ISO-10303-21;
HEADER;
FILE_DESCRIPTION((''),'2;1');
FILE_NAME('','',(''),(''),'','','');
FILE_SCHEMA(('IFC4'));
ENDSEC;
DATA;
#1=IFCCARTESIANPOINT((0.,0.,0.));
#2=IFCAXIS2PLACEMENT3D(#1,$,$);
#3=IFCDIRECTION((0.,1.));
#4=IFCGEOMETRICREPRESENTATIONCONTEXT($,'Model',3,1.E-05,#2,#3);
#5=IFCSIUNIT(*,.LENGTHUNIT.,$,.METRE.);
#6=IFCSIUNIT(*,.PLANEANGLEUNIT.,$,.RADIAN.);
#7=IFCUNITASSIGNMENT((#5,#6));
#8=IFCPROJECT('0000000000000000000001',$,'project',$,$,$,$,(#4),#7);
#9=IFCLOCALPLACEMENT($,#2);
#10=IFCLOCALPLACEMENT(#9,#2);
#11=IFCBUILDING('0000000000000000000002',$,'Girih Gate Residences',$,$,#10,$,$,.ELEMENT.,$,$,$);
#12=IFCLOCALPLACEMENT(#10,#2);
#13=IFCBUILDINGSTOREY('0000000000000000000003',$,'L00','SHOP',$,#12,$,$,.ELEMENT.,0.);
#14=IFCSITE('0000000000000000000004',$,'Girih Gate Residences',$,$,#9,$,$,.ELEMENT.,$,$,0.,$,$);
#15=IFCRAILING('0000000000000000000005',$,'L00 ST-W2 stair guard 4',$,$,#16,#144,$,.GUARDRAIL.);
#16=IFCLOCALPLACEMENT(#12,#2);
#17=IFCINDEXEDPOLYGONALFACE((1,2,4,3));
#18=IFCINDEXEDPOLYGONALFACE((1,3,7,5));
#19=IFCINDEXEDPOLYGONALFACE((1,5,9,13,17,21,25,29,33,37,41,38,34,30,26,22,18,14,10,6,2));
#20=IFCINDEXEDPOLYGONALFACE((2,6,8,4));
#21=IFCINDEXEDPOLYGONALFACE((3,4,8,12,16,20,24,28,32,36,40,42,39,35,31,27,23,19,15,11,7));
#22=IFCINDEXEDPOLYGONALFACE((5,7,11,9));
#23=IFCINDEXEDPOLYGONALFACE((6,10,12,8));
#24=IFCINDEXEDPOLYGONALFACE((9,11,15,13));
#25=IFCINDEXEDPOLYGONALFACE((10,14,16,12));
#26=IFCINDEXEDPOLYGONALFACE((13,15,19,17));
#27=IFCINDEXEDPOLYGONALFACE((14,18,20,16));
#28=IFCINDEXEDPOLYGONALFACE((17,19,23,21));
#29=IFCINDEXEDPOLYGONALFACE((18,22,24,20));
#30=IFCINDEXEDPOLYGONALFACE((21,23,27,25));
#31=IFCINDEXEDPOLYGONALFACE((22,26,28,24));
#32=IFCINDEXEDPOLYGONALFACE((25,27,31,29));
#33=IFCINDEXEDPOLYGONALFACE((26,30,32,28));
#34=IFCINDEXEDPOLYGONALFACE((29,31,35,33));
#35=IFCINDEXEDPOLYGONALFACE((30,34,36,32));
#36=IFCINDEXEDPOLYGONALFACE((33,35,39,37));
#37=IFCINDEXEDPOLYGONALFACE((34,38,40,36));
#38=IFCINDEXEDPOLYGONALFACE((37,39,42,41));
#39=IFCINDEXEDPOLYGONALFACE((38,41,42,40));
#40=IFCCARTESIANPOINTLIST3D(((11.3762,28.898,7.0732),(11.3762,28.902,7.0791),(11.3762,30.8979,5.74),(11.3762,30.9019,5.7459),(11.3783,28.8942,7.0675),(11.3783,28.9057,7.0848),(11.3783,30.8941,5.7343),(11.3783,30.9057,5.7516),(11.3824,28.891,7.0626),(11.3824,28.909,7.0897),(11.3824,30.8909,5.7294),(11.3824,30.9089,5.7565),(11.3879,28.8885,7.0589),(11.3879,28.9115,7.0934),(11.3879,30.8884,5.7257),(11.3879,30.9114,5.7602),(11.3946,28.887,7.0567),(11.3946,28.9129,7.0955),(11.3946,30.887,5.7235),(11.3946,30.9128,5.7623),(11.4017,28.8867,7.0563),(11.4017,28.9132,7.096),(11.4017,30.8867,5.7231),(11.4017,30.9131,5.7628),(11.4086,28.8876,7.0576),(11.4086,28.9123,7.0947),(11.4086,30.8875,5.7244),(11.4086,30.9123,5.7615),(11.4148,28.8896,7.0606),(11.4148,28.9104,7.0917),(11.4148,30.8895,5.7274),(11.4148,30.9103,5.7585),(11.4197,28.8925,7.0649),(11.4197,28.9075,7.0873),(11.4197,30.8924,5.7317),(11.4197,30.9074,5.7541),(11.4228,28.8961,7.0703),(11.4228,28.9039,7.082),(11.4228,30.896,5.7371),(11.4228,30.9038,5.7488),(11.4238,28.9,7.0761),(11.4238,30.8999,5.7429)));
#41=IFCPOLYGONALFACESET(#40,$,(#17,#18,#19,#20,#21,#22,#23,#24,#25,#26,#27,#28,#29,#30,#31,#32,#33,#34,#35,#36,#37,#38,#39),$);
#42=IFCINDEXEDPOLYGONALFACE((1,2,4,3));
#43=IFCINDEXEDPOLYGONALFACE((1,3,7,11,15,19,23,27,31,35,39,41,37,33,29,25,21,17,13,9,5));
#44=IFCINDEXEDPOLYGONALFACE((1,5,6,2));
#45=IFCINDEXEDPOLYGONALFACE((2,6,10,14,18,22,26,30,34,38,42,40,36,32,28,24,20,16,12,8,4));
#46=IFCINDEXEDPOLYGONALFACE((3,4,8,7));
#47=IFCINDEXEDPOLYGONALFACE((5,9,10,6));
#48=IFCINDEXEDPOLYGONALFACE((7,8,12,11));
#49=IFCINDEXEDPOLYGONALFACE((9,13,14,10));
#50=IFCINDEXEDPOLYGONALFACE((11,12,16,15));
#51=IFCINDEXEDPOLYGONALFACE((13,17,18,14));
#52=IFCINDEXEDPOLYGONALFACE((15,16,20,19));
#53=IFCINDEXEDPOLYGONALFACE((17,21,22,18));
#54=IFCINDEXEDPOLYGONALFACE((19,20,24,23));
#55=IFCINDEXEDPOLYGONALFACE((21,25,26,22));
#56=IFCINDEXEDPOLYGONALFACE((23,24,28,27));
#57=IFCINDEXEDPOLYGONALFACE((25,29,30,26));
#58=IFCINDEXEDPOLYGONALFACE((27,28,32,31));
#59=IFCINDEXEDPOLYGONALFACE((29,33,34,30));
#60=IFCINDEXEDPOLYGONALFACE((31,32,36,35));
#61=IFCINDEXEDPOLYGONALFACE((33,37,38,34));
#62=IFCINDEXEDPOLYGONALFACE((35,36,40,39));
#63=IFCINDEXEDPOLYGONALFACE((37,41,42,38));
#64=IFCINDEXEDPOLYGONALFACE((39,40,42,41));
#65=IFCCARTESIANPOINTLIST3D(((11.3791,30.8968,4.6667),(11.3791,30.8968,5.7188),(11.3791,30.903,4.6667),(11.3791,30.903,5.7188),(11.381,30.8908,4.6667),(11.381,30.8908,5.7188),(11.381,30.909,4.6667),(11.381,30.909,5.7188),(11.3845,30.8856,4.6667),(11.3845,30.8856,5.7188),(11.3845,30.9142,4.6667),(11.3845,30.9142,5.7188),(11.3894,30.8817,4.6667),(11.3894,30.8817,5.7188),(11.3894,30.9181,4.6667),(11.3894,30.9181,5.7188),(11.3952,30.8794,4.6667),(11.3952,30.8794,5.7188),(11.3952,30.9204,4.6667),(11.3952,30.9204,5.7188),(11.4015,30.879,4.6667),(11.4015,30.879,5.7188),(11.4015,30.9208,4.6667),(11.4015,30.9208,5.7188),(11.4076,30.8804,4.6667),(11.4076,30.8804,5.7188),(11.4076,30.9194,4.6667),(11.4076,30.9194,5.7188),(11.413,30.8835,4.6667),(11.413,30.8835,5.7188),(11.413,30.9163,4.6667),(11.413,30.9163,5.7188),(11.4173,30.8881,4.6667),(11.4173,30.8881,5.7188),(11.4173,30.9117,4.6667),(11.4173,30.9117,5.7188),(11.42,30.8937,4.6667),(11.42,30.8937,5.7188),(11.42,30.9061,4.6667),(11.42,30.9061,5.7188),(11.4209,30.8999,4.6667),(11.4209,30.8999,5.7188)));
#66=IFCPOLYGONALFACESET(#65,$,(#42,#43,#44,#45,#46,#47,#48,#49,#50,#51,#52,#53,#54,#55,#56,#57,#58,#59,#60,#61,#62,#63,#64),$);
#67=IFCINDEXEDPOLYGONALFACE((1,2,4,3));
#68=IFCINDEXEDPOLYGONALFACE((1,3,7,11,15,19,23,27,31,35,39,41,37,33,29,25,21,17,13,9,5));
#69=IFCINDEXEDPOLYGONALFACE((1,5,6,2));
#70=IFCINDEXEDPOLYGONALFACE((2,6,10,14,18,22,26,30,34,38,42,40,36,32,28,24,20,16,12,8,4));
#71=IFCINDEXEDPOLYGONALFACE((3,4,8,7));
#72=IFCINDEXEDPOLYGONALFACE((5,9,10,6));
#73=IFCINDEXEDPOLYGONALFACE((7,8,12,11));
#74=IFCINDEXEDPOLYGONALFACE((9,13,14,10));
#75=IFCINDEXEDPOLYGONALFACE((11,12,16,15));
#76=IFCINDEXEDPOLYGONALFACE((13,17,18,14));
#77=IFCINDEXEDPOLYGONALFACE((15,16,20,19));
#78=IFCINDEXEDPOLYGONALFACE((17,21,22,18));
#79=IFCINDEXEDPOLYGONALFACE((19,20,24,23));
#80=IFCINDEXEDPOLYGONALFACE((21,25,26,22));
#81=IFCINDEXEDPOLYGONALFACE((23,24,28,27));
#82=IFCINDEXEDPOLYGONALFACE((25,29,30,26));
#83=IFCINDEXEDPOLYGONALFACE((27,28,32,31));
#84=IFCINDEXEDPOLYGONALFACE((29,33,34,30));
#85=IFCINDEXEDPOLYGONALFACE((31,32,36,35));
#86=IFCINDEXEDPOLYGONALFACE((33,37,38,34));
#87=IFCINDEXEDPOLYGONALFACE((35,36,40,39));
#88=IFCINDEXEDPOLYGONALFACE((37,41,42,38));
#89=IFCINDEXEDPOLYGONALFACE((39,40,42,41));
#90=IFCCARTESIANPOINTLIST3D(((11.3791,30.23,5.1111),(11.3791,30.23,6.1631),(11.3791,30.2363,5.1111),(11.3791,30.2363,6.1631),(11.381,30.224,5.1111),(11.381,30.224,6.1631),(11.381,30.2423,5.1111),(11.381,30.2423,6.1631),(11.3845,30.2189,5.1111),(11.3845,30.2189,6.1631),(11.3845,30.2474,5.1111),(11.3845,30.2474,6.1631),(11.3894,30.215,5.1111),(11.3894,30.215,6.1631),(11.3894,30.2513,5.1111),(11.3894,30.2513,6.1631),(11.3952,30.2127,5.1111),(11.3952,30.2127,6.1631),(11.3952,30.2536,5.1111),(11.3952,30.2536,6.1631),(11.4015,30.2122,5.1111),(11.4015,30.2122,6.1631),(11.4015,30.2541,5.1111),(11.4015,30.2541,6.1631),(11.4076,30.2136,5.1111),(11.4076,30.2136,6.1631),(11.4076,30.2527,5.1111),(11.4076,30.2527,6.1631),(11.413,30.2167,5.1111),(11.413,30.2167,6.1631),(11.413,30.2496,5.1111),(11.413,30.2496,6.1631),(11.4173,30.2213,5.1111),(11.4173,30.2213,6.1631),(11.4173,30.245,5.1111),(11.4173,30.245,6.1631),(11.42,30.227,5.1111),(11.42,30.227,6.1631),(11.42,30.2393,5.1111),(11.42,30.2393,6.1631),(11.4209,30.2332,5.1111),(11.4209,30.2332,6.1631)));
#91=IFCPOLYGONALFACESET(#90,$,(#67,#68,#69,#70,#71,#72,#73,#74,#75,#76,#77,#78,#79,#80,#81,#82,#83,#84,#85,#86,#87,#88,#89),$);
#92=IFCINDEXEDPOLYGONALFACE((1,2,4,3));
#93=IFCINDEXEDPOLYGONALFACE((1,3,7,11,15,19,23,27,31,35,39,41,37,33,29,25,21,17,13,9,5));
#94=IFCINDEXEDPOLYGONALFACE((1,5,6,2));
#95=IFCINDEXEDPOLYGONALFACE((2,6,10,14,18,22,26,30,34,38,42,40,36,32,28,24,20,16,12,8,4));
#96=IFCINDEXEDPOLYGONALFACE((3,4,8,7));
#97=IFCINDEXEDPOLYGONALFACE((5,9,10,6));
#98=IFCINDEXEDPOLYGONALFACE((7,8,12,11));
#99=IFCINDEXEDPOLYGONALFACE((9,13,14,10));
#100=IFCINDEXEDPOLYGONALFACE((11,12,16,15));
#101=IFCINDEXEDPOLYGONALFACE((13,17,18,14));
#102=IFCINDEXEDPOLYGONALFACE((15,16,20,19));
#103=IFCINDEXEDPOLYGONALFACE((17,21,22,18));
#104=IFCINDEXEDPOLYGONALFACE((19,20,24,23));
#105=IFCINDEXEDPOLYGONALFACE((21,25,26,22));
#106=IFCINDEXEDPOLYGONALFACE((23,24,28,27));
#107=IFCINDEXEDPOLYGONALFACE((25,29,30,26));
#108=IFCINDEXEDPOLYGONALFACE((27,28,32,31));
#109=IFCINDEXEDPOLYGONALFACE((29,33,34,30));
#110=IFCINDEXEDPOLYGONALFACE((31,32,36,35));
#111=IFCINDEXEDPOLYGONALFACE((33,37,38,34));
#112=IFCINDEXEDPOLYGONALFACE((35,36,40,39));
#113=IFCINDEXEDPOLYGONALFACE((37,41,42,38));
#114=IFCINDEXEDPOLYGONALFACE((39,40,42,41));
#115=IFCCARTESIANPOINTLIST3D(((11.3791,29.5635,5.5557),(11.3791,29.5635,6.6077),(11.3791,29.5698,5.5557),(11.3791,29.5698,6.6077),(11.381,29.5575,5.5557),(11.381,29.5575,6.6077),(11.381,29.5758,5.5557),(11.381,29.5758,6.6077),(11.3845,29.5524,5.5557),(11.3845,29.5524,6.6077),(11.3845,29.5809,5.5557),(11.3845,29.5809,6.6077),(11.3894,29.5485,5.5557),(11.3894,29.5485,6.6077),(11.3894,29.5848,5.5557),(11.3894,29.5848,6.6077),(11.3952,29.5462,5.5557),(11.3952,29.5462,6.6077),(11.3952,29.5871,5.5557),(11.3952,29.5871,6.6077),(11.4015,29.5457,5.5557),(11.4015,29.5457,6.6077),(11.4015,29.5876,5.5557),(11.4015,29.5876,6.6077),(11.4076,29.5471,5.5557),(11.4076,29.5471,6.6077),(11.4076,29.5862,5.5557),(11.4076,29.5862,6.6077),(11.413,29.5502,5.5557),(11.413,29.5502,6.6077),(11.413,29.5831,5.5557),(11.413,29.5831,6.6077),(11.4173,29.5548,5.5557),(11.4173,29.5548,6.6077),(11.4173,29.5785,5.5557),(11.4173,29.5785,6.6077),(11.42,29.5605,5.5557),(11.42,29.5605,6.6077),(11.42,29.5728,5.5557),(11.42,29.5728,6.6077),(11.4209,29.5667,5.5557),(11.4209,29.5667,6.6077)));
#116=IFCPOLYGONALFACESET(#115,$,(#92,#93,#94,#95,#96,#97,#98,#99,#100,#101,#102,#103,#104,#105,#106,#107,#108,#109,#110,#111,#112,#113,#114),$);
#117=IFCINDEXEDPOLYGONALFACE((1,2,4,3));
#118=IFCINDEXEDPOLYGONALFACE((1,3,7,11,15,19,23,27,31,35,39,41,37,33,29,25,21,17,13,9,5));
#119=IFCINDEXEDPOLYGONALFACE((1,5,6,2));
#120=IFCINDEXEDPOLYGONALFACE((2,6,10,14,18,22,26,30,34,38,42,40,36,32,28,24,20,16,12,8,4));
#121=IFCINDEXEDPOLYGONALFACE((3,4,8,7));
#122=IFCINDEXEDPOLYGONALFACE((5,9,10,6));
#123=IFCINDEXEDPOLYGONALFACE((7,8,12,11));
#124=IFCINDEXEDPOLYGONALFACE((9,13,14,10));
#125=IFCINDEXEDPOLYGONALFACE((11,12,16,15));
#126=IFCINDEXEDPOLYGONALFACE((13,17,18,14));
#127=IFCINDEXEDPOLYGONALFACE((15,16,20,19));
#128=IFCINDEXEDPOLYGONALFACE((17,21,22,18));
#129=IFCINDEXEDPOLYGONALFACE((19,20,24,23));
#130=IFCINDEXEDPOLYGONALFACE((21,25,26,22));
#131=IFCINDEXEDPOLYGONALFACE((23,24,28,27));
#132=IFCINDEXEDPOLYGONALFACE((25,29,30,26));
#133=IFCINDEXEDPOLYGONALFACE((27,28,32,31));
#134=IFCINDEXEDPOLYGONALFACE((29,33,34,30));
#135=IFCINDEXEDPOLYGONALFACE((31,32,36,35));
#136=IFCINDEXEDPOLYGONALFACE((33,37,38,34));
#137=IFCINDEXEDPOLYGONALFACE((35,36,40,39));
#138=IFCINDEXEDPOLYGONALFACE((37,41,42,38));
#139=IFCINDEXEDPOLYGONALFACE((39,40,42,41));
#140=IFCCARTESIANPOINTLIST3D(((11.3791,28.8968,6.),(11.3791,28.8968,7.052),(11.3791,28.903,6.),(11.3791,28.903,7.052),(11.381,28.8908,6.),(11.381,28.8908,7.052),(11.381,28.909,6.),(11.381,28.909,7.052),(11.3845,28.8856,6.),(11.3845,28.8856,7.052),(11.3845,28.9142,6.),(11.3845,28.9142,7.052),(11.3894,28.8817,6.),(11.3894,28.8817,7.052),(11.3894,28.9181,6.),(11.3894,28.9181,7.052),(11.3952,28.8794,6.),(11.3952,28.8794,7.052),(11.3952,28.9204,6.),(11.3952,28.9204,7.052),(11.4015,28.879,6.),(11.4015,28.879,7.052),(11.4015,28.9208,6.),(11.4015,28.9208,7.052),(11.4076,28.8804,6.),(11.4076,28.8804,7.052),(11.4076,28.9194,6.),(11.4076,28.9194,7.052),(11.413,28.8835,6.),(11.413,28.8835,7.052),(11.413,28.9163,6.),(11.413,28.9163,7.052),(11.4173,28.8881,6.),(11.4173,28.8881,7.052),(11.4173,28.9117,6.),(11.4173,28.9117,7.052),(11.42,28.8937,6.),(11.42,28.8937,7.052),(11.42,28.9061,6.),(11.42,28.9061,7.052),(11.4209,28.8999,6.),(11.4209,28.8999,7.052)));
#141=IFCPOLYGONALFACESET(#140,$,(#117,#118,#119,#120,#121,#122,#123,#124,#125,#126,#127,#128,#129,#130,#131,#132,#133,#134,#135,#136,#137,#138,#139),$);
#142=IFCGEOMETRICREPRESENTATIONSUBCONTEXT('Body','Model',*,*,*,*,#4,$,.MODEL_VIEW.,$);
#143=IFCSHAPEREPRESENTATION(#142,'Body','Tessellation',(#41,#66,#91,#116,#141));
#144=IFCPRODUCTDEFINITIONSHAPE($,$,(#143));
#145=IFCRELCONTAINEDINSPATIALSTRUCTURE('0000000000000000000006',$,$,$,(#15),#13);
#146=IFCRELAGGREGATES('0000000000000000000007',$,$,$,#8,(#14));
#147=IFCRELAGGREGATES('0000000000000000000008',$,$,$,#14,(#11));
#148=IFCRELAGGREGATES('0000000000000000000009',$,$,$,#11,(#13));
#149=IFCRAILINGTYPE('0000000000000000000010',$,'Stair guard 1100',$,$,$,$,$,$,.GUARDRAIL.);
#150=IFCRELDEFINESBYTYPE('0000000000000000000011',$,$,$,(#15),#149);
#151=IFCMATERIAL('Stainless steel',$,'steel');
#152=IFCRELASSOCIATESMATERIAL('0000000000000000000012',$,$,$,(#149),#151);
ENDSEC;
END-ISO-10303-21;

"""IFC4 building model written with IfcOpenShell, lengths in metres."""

from ifc_helpers import new_model, si_unit, direction, frame, origin, origin_2d, place, context, subcontext, project, spatial, circle, extrude, material, type_object, element, save


model = new_model("IFC4")

# Units and contexts
model_context = context("Model", 3, precision=1e-05, world=origin(), true_north=direction((0.0, 1.0)))
body_context = subcontext(model_context, "Body", "Model", "MODEL_VIEW")
ifc_project = project(units=[si_unit("LENGTHUNIT", "METRE"), si_unit("PLANEANGLEUNIT", "RADIAN")], contexts=[model_context])

# Site, building, storey
site_placement = place(None, origin())
site = spatial("IfcSite", under=ifc_project, at=site_placement, Name="Girih Gate Residences", CompositionType="ELEMENT", RefElevation=0.0)
building_placement = place(site_placement, origin())
building = spatial("IfcBuilding", under=site, at=building_placement, Name="Girih Gate Residences", CompositionType="ELEMENT")
storey_placement = place(building_placement, origin())
storey = spatial("IfcBuildingStorey", under=building, at=storey_placement, Name="L00", Description="SHOP", CompositionType="ELEMENT", Elevation=0.0)

# Railing
ifc_material_1 = material(Name="Stainless steel", Category="steel")
railing_type_1 = type_object("IfcRailingType", Name="Stair guard 1100", PredefinedType="GUARDRAIL", material=ifc_material_1)
railing_1_placement = place(storey_placement, frame((11.3999, 30.8999, 4.6667)))
element("IfcRailing", 1, at=railing_1_placement, inside=storey, type_object=railing_type_1, Name="L00 ST-W2 stair guard 4", PredefinedType="GUARDRAIL", context=body_context, shape_type="SweptSolid", body=[
    extrude(circle(Radius=0.0239, at=origin_2d()), frame((0.0, 0.0, 1.0762), z_axis=(0.0, -0.832066, 0.554677), x_axis=(1.0, 0.0, 0.0)), (0.0, 0.0, 1.0), 2.4036),
    extrude(circle(Radius=0.021, at=origin_2d()), origin(), (0.0, 0.0, 1.0), 1.052),
    extrude(circle(Radius=0.021, at=origin_2d()), frame((0.0, -0.6667, 0.4443)), (0.0, 0.0, 1.0), 1.052),
    extrude(circle(Radius=0.021, at=origin_2d()), frame((0.0, -1.3333, 0.8889)), (0.0, 0.0, 1.0), 1.052),
    extrude(circle(Radius=0.021, at=origin_2d()), frame((0.0, -2.0, 1.3333)), (0.0, 0.0, 1.0), 1.052),
])

save(model, "model.ifc")
